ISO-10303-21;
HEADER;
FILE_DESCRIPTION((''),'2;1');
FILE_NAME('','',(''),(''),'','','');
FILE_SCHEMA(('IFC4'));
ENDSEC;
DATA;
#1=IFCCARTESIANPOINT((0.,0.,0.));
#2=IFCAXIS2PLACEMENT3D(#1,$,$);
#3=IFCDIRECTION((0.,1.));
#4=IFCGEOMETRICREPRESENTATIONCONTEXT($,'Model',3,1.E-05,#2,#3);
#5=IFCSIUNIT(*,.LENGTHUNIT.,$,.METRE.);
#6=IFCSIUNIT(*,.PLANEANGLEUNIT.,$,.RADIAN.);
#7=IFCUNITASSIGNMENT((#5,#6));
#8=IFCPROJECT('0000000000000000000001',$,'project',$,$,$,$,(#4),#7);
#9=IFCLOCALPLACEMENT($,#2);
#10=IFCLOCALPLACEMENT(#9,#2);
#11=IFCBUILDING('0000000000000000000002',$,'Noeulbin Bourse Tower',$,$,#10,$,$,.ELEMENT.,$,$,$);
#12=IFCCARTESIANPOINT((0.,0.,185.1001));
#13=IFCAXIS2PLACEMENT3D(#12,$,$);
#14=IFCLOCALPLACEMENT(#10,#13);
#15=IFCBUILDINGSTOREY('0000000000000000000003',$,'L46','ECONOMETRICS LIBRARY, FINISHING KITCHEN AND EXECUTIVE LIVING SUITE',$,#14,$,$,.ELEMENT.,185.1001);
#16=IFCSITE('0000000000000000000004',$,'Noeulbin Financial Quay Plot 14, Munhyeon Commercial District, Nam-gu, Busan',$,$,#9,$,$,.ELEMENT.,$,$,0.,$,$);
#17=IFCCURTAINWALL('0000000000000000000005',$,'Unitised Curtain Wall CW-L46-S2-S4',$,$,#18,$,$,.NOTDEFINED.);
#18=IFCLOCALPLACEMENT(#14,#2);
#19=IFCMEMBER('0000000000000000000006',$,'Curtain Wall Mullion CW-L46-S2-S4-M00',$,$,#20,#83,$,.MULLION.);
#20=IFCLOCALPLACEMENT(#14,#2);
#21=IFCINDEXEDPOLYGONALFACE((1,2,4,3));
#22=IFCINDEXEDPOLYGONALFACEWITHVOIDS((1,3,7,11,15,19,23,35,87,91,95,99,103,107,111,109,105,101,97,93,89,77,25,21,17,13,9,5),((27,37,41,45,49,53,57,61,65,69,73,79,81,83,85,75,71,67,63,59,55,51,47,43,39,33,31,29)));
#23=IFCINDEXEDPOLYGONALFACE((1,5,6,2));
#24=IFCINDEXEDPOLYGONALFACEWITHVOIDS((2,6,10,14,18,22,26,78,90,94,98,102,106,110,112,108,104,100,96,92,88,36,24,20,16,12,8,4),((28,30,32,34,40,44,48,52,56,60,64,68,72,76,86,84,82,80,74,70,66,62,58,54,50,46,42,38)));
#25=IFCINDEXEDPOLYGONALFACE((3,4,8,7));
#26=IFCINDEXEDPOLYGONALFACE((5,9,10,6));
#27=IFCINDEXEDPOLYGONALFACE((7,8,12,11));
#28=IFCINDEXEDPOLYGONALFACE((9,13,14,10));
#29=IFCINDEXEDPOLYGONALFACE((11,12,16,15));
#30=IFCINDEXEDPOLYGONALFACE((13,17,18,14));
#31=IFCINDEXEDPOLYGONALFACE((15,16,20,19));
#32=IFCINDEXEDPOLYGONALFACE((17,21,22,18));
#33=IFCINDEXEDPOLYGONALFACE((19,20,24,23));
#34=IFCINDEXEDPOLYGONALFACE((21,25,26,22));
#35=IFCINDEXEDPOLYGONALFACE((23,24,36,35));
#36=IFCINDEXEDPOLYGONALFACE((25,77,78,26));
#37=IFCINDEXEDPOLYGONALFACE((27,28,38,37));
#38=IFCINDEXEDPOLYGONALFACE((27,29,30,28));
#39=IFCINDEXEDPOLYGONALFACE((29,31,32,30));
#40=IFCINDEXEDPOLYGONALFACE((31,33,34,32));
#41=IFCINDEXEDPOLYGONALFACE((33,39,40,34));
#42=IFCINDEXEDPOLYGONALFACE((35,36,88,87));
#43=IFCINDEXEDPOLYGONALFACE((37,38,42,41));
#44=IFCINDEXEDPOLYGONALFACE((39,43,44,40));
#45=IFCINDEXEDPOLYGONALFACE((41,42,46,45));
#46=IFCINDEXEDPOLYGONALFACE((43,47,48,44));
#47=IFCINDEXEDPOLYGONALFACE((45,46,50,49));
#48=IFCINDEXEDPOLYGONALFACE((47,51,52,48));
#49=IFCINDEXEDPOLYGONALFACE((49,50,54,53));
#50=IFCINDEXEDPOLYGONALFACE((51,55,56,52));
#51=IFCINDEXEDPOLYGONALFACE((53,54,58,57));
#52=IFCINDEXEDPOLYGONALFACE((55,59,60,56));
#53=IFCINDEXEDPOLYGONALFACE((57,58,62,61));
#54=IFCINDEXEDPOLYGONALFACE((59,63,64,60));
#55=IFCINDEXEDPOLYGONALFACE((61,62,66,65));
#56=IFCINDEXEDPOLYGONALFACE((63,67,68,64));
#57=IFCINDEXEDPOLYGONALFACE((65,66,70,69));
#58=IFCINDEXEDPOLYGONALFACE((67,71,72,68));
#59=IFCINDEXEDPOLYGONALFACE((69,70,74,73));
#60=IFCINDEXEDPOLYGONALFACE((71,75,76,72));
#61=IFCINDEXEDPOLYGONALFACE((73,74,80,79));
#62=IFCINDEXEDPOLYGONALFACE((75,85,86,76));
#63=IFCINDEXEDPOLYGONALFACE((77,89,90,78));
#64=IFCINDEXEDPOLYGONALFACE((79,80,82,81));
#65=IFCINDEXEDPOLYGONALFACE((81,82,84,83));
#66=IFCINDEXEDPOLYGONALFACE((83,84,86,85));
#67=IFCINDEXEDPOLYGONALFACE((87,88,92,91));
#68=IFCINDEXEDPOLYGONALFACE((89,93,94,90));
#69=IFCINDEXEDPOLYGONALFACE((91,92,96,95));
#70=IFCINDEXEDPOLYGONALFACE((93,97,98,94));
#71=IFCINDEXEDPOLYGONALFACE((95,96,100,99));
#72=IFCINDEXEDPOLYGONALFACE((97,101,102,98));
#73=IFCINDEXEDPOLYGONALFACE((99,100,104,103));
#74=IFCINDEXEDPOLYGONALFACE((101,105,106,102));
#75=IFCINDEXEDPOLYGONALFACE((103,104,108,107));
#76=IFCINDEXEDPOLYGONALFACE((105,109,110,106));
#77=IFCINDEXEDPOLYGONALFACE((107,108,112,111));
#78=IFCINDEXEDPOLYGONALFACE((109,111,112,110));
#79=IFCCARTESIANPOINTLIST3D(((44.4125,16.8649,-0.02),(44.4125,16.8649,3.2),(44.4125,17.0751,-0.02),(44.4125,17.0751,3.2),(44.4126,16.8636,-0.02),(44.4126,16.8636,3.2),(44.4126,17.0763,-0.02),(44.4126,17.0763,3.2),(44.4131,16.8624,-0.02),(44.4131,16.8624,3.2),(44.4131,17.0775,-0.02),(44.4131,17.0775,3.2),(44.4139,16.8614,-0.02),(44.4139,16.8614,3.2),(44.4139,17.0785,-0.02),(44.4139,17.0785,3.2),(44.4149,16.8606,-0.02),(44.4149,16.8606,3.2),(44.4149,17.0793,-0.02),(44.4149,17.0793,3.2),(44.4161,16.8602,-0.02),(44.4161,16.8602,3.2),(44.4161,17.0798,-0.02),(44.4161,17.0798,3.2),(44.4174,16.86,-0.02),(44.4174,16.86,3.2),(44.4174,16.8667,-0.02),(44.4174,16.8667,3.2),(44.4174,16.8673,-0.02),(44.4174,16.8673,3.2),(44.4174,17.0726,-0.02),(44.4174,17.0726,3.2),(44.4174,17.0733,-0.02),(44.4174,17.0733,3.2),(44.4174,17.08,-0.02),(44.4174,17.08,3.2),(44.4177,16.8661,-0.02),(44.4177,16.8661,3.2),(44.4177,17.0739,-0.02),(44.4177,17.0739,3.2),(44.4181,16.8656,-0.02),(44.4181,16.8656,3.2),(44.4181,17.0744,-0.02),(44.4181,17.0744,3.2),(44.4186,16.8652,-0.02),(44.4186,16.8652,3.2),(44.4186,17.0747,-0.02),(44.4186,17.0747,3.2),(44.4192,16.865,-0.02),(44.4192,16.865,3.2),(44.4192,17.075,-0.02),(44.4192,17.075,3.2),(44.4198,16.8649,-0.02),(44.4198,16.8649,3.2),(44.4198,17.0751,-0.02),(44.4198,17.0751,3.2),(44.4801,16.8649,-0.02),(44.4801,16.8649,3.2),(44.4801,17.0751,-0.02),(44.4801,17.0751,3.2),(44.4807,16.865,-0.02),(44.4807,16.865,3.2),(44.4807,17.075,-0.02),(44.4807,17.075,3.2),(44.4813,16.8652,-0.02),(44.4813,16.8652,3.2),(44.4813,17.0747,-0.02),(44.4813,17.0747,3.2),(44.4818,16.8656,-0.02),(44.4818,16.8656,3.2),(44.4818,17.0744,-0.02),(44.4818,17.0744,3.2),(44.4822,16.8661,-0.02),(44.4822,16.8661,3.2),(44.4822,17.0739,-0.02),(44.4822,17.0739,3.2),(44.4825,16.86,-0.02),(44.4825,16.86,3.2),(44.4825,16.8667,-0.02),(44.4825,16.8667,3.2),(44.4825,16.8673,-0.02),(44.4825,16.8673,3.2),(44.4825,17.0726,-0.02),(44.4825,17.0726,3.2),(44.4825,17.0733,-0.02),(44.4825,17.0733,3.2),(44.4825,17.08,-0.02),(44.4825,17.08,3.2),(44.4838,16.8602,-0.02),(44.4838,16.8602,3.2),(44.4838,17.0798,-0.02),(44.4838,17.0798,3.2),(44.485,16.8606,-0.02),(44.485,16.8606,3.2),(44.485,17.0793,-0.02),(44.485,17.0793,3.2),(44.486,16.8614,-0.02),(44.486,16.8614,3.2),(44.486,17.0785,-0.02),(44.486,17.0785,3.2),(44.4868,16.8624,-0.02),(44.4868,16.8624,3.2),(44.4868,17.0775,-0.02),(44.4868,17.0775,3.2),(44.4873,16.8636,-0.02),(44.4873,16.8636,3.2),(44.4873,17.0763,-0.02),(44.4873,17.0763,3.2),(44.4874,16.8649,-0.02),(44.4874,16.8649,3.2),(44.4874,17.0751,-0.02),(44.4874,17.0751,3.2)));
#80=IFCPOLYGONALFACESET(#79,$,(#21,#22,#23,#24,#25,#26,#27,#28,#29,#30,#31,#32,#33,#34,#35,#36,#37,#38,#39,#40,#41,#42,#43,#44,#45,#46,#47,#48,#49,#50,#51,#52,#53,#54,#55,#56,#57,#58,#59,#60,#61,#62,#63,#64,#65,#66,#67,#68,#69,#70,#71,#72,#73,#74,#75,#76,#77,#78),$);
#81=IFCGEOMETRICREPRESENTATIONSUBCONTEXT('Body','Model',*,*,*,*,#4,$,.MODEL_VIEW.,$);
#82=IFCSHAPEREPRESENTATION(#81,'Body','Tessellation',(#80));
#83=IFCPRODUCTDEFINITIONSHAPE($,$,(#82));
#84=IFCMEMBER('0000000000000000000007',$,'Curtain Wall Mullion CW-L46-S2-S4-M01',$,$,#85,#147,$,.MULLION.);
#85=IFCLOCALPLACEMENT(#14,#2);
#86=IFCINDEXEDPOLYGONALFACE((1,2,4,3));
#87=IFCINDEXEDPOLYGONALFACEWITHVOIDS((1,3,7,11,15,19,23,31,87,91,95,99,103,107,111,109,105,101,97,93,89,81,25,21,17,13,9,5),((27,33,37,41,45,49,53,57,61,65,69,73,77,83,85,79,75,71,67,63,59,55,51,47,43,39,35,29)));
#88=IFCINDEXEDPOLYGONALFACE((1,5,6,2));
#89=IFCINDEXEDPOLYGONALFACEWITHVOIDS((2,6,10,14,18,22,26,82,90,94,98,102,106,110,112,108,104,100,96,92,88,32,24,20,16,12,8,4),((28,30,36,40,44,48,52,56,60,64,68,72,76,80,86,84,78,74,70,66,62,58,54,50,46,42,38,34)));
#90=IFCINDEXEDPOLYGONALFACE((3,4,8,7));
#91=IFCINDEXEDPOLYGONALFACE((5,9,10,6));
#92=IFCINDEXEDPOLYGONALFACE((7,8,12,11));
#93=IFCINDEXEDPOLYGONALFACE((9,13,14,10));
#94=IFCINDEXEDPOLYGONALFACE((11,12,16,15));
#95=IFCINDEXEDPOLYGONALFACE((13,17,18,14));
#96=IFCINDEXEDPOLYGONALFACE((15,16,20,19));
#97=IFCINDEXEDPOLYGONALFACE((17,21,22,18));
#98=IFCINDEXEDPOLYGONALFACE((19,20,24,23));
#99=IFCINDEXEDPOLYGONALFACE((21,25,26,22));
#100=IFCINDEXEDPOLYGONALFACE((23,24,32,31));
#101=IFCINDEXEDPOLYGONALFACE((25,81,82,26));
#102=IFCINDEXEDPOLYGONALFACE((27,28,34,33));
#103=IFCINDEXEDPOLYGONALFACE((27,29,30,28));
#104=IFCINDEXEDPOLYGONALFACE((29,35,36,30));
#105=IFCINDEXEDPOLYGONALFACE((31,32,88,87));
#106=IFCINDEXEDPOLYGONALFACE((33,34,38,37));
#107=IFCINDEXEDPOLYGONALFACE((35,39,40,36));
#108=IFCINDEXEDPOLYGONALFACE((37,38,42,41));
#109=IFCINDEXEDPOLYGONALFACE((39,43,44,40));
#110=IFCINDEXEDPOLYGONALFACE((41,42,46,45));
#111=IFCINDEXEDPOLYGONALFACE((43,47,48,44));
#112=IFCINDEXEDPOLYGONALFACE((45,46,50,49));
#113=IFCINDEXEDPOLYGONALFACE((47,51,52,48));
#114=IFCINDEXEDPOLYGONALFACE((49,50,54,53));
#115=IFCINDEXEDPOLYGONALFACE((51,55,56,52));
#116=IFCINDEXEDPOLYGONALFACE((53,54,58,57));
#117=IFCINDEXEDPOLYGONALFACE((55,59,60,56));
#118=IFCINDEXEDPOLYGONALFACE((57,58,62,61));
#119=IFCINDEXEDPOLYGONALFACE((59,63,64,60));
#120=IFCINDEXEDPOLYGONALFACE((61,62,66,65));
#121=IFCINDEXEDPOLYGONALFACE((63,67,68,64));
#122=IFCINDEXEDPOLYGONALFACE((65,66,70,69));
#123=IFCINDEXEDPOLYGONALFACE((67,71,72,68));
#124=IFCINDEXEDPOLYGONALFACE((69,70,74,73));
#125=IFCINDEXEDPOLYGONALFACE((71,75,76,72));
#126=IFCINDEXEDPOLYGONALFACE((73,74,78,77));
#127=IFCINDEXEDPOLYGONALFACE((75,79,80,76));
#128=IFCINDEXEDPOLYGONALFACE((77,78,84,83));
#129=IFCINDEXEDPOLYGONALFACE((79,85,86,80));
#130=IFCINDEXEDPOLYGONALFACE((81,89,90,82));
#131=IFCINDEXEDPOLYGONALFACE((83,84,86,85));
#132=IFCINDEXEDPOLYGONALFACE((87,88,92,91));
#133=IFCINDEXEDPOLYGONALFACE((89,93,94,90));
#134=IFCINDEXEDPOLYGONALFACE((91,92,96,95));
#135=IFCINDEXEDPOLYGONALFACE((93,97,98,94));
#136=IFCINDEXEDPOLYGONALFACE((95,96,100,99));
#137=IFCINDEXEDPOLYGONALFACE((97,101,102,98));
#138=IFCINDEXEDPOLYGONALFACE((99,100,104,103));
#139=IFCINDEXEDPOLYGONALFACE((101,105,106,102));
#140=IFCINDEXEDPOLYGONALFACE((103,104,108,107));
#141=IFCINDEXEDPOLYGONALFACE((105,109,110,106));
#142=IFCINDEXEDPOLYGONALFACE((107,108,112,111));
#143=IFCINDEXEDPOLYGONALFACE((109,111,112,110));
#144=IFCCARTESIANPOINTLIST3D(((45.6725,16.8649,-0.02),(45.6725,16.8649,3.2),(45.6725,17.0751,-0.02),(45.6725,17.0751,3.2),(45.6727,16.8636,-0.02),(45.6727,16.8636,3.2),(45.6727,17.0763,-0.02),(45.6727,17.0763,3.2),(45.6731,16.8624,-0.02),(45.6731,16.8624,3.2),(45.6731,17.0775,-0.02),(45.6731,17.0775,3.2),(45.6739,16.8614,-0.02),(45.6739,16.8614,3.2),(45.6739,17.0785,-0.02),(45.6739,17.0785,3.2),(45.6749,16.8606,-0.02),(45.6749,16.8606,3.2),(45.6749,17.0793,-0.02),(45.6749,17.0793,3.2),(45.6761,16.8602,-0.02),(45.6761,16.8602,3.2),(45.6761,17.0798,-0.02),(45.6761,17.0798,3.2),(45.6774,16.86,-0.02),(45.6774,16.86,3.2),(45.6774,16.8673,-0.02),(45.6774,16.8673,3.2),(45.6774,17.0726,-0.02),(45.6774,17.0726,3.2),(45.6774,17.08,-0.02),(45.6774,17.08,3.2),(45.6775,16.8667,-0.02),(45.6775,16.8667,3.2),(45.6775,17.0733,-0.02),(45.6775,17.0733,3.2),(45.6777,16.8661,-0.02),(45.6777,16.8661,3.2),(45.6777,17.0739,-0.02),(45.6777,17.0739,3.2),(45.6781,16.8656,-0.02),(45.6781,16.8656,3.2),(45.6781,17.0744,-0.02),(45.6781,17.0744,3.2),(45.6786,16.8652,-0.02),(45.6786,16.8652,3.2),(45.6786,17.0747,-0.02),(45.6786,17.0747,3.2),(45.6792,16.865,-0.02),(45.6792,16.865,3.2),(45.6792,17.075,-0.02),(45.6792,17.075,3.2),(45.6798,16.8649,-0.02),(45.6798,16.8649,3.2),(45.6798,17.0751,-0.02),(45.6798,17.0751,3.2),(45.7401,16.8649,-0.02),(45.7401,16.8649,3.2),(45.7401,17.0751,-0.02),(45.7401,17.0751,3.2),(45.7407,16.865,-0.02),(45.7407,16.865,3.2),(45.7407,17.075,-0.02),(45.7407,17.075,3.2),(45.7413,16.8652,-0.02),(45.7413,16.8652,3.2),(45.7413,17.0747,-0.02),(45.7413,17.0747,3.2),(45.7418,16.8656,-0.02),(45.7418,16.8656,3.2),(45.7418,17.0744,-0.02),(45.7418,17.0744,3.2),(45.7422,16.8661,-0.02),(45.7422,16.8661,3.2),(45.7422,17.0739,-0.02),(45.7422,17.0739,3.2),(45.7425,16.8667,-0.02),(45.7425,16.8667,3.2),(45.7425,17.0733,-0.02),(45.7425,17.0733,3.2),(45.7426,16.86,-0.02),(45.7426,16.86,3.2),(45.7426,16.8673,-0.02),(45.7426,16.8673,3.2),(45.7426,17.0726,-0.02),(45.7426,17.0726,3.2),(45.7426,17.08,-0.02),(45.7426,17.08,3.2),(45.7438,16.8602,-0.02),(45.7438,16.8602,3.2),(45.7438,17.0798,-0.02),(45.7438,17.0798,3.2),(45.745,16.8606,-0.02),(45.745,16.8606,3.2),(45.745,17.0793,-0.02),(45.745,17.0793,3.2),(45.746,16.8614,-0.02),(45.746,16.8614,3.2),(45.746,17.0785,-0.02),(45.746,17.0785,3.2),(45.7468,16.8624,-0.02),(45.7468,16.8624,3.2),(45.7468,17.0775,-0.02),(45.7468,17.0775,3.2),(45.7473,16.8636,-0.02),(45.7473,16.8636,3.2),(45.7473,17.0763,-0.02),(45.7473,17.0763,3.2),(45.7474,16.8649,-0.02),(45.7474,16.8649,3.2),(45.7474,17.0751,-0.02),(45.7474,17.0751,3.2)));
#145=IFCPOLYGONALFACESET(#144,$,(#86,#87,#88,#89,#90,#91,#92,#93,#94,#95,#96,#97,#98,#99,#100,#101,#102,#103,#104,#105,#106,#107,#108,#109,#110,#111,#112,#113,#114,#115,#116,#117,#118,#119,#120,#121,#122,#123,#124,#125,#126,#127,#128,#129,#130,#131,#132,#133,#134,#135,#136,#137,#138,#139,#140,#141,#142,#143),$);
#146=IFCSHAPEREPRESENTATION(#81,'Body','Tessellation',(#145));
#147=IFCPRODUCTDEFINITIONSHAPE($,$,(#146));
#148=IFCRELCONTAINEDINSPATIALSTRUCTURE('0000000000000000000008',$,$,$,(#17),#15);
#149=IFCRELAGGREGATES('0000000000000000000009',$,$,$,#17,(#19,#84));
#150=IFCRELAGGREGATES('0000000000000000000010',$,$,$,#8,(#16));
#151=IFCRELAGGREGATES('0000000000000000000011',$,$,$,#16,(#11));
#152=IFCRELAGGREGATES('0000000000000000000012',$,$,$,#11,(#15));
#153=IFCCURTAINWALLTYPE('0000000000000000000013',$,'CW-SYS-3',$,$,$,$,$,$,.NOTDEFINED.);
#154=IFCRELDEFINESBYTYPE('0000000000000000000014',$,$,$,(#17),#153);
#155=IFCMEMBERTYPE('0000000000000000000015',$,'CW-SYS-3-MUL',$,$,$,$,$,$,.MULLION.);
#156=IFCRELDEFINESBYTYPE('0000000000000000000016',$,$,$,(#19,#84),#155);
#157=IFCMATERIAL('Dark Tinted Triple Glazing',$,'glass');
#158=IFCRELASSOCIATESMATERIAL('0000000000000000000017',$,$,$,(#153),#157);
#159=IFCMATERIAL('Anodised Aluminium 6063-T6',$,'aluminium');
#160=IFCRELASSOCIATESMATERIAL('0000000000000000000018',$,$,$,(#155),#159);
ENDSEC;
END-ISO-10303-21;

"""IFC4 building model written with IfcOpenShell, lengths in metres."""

from ifc_helpers import new_model, si_unit, direction, frame, origin, origin_2d, place, context, subcontext, project, spatial, hollow_rectangle, extrude, material, material_profile, profile_set, type_object, element, aggregate, save


model = new_model("IFC4")

# Units and contexts
model_context = context("Model", 3, precision=1e-05, world=origin(), true_north=direction((0.0, 1.0)))
body_context = subcontext(model_context, "Body", "Model", "MODEL_VIEW")
ifc_project = project(units=[si_unit("LENGTHUNIT", "METRE"), si_unit("PLANEANGLEUNIT", "RADIAN")], contexts=[model_context])

# Site, building, storey
site_placement = place(None, origin())
site = spatial("IfcSite", under=ifc_project, at=site_placement, Name="Noeulbin Financial Quay Plot 14, Munhyeon Commercial District, Nam-gu, Busan", CompositionType="ELEMENT", RefElevation=0.0)
building_placement = place(site_placement, origin())
building = spatial("IfcBuilding", under=site, at=building_placement, Name="Noeulbin Bourse Tower", CompositionType="ELEMENT")
storey_placement = place(building_placement, frame((0.0, 0.0, 185.1001)))
storey = spatial("IfcBuildingStorey", under=building, at=storey_placement, Name="L46", Description="ECONOMETRICS LIBRARY, FINISHING KITCHEN AND EXECUTIVE LIVING SUITE", CompositionType="ELEMENT", Elevation=185.1001)

# Shared definitions
ifc_material_1 = material(Name="Dark Tinted Triple Glazing", Category="glass")
curtain_wall_type = type_object("IfcCurtainWallType", Name="CW-SYS-3", PredefinedType="NOTDEFINED", material=ifc_material_1)
ifc_material_2 = material(Name="Anodised Aluminium 6063-T6", Category="aluminium")
ifc_material_profile_1 = material_profile(ifc_material_2, hollow_rectangle(XDim=0.075, YDim=0.22, WallThickness=0.0049, InnerFilletRadius=0.0024, OuterFilletRadius=0.0049, at=origin_2d()), Name="ALU-MULL-75x220x5", Category="LoadBearing")
ifc_profile_set_1 = profile_set([ifc_material_profile_1], Name="Anodised Aluminium 6063-T6")
member_type_1 = type_object("IfcMemberType", Name="CW-SYS-3-MUL", PredefinedType="MULLION", material=ifc_profile_set_1)

# Curtain wall, members
curtain_wall_1_placement = place(storey_placement, origin())
curtain_wall_1 = element("IfcCurtainWall", 1, at=curtain_wall_1_placement, inside=storey, type_object=curtain_wall_type, Name="Unitised Curtain Wall CW-L46-S2-S4", PredefinedType="NOTDEFINED")
member_1_placement = place(storey_placement, frame((44.45, 16.97, -0.02), z_axis=(0.0, 0.0, 1.0), x_axis=(1.0, 0.0, 0.0)))
member_1 = element("IfcMember", 2, at=member_1_placement, type_object=member_type_1, Name="Curtain Wall Mullion CW-L46-S2-S4-M00", PredefinedType="MULLION", context=body_context, shape_type="SweptSolid", body=[
    extrude(hollow_rectangle(XDim=0.075, YDim=0.22, WallThickness=0.0049, InnerFilletRadius=0.0024, OuterFilletRadius=0.0049, at=origin_2d()), origin(), (0.0, 0.0, 1.0), 3.22),
])
member_2_placement = place(storey_placement, frame((45.71, 16.97, -0.02), z_axis=(0.0, 0.0, 1.0), x_axis=(1.0, 0.0, 0.0)))
member_2 = element("IfcMember", 3, at=member_2_placement, type_object=member_type_1, Name="Curtain Wall Mullion CW-L46-S2-S4-M01", PredefinedType="MULLION", context=body_context, shape_type="SweptSolid", body=[
    extrude(hollow_rectangle(XDim=0.075, YDim=0.22, WallThickness=0.0049, InnerFilletRadius=0.0024, OuterFilletRadius=0.0049, at=origin_2d()), origin(), (0.0, 0.0, 1.0), 3.22),
])

aggregate(curtain_wall_1, [member_1, member_2])

save(model, "model.ifc")
